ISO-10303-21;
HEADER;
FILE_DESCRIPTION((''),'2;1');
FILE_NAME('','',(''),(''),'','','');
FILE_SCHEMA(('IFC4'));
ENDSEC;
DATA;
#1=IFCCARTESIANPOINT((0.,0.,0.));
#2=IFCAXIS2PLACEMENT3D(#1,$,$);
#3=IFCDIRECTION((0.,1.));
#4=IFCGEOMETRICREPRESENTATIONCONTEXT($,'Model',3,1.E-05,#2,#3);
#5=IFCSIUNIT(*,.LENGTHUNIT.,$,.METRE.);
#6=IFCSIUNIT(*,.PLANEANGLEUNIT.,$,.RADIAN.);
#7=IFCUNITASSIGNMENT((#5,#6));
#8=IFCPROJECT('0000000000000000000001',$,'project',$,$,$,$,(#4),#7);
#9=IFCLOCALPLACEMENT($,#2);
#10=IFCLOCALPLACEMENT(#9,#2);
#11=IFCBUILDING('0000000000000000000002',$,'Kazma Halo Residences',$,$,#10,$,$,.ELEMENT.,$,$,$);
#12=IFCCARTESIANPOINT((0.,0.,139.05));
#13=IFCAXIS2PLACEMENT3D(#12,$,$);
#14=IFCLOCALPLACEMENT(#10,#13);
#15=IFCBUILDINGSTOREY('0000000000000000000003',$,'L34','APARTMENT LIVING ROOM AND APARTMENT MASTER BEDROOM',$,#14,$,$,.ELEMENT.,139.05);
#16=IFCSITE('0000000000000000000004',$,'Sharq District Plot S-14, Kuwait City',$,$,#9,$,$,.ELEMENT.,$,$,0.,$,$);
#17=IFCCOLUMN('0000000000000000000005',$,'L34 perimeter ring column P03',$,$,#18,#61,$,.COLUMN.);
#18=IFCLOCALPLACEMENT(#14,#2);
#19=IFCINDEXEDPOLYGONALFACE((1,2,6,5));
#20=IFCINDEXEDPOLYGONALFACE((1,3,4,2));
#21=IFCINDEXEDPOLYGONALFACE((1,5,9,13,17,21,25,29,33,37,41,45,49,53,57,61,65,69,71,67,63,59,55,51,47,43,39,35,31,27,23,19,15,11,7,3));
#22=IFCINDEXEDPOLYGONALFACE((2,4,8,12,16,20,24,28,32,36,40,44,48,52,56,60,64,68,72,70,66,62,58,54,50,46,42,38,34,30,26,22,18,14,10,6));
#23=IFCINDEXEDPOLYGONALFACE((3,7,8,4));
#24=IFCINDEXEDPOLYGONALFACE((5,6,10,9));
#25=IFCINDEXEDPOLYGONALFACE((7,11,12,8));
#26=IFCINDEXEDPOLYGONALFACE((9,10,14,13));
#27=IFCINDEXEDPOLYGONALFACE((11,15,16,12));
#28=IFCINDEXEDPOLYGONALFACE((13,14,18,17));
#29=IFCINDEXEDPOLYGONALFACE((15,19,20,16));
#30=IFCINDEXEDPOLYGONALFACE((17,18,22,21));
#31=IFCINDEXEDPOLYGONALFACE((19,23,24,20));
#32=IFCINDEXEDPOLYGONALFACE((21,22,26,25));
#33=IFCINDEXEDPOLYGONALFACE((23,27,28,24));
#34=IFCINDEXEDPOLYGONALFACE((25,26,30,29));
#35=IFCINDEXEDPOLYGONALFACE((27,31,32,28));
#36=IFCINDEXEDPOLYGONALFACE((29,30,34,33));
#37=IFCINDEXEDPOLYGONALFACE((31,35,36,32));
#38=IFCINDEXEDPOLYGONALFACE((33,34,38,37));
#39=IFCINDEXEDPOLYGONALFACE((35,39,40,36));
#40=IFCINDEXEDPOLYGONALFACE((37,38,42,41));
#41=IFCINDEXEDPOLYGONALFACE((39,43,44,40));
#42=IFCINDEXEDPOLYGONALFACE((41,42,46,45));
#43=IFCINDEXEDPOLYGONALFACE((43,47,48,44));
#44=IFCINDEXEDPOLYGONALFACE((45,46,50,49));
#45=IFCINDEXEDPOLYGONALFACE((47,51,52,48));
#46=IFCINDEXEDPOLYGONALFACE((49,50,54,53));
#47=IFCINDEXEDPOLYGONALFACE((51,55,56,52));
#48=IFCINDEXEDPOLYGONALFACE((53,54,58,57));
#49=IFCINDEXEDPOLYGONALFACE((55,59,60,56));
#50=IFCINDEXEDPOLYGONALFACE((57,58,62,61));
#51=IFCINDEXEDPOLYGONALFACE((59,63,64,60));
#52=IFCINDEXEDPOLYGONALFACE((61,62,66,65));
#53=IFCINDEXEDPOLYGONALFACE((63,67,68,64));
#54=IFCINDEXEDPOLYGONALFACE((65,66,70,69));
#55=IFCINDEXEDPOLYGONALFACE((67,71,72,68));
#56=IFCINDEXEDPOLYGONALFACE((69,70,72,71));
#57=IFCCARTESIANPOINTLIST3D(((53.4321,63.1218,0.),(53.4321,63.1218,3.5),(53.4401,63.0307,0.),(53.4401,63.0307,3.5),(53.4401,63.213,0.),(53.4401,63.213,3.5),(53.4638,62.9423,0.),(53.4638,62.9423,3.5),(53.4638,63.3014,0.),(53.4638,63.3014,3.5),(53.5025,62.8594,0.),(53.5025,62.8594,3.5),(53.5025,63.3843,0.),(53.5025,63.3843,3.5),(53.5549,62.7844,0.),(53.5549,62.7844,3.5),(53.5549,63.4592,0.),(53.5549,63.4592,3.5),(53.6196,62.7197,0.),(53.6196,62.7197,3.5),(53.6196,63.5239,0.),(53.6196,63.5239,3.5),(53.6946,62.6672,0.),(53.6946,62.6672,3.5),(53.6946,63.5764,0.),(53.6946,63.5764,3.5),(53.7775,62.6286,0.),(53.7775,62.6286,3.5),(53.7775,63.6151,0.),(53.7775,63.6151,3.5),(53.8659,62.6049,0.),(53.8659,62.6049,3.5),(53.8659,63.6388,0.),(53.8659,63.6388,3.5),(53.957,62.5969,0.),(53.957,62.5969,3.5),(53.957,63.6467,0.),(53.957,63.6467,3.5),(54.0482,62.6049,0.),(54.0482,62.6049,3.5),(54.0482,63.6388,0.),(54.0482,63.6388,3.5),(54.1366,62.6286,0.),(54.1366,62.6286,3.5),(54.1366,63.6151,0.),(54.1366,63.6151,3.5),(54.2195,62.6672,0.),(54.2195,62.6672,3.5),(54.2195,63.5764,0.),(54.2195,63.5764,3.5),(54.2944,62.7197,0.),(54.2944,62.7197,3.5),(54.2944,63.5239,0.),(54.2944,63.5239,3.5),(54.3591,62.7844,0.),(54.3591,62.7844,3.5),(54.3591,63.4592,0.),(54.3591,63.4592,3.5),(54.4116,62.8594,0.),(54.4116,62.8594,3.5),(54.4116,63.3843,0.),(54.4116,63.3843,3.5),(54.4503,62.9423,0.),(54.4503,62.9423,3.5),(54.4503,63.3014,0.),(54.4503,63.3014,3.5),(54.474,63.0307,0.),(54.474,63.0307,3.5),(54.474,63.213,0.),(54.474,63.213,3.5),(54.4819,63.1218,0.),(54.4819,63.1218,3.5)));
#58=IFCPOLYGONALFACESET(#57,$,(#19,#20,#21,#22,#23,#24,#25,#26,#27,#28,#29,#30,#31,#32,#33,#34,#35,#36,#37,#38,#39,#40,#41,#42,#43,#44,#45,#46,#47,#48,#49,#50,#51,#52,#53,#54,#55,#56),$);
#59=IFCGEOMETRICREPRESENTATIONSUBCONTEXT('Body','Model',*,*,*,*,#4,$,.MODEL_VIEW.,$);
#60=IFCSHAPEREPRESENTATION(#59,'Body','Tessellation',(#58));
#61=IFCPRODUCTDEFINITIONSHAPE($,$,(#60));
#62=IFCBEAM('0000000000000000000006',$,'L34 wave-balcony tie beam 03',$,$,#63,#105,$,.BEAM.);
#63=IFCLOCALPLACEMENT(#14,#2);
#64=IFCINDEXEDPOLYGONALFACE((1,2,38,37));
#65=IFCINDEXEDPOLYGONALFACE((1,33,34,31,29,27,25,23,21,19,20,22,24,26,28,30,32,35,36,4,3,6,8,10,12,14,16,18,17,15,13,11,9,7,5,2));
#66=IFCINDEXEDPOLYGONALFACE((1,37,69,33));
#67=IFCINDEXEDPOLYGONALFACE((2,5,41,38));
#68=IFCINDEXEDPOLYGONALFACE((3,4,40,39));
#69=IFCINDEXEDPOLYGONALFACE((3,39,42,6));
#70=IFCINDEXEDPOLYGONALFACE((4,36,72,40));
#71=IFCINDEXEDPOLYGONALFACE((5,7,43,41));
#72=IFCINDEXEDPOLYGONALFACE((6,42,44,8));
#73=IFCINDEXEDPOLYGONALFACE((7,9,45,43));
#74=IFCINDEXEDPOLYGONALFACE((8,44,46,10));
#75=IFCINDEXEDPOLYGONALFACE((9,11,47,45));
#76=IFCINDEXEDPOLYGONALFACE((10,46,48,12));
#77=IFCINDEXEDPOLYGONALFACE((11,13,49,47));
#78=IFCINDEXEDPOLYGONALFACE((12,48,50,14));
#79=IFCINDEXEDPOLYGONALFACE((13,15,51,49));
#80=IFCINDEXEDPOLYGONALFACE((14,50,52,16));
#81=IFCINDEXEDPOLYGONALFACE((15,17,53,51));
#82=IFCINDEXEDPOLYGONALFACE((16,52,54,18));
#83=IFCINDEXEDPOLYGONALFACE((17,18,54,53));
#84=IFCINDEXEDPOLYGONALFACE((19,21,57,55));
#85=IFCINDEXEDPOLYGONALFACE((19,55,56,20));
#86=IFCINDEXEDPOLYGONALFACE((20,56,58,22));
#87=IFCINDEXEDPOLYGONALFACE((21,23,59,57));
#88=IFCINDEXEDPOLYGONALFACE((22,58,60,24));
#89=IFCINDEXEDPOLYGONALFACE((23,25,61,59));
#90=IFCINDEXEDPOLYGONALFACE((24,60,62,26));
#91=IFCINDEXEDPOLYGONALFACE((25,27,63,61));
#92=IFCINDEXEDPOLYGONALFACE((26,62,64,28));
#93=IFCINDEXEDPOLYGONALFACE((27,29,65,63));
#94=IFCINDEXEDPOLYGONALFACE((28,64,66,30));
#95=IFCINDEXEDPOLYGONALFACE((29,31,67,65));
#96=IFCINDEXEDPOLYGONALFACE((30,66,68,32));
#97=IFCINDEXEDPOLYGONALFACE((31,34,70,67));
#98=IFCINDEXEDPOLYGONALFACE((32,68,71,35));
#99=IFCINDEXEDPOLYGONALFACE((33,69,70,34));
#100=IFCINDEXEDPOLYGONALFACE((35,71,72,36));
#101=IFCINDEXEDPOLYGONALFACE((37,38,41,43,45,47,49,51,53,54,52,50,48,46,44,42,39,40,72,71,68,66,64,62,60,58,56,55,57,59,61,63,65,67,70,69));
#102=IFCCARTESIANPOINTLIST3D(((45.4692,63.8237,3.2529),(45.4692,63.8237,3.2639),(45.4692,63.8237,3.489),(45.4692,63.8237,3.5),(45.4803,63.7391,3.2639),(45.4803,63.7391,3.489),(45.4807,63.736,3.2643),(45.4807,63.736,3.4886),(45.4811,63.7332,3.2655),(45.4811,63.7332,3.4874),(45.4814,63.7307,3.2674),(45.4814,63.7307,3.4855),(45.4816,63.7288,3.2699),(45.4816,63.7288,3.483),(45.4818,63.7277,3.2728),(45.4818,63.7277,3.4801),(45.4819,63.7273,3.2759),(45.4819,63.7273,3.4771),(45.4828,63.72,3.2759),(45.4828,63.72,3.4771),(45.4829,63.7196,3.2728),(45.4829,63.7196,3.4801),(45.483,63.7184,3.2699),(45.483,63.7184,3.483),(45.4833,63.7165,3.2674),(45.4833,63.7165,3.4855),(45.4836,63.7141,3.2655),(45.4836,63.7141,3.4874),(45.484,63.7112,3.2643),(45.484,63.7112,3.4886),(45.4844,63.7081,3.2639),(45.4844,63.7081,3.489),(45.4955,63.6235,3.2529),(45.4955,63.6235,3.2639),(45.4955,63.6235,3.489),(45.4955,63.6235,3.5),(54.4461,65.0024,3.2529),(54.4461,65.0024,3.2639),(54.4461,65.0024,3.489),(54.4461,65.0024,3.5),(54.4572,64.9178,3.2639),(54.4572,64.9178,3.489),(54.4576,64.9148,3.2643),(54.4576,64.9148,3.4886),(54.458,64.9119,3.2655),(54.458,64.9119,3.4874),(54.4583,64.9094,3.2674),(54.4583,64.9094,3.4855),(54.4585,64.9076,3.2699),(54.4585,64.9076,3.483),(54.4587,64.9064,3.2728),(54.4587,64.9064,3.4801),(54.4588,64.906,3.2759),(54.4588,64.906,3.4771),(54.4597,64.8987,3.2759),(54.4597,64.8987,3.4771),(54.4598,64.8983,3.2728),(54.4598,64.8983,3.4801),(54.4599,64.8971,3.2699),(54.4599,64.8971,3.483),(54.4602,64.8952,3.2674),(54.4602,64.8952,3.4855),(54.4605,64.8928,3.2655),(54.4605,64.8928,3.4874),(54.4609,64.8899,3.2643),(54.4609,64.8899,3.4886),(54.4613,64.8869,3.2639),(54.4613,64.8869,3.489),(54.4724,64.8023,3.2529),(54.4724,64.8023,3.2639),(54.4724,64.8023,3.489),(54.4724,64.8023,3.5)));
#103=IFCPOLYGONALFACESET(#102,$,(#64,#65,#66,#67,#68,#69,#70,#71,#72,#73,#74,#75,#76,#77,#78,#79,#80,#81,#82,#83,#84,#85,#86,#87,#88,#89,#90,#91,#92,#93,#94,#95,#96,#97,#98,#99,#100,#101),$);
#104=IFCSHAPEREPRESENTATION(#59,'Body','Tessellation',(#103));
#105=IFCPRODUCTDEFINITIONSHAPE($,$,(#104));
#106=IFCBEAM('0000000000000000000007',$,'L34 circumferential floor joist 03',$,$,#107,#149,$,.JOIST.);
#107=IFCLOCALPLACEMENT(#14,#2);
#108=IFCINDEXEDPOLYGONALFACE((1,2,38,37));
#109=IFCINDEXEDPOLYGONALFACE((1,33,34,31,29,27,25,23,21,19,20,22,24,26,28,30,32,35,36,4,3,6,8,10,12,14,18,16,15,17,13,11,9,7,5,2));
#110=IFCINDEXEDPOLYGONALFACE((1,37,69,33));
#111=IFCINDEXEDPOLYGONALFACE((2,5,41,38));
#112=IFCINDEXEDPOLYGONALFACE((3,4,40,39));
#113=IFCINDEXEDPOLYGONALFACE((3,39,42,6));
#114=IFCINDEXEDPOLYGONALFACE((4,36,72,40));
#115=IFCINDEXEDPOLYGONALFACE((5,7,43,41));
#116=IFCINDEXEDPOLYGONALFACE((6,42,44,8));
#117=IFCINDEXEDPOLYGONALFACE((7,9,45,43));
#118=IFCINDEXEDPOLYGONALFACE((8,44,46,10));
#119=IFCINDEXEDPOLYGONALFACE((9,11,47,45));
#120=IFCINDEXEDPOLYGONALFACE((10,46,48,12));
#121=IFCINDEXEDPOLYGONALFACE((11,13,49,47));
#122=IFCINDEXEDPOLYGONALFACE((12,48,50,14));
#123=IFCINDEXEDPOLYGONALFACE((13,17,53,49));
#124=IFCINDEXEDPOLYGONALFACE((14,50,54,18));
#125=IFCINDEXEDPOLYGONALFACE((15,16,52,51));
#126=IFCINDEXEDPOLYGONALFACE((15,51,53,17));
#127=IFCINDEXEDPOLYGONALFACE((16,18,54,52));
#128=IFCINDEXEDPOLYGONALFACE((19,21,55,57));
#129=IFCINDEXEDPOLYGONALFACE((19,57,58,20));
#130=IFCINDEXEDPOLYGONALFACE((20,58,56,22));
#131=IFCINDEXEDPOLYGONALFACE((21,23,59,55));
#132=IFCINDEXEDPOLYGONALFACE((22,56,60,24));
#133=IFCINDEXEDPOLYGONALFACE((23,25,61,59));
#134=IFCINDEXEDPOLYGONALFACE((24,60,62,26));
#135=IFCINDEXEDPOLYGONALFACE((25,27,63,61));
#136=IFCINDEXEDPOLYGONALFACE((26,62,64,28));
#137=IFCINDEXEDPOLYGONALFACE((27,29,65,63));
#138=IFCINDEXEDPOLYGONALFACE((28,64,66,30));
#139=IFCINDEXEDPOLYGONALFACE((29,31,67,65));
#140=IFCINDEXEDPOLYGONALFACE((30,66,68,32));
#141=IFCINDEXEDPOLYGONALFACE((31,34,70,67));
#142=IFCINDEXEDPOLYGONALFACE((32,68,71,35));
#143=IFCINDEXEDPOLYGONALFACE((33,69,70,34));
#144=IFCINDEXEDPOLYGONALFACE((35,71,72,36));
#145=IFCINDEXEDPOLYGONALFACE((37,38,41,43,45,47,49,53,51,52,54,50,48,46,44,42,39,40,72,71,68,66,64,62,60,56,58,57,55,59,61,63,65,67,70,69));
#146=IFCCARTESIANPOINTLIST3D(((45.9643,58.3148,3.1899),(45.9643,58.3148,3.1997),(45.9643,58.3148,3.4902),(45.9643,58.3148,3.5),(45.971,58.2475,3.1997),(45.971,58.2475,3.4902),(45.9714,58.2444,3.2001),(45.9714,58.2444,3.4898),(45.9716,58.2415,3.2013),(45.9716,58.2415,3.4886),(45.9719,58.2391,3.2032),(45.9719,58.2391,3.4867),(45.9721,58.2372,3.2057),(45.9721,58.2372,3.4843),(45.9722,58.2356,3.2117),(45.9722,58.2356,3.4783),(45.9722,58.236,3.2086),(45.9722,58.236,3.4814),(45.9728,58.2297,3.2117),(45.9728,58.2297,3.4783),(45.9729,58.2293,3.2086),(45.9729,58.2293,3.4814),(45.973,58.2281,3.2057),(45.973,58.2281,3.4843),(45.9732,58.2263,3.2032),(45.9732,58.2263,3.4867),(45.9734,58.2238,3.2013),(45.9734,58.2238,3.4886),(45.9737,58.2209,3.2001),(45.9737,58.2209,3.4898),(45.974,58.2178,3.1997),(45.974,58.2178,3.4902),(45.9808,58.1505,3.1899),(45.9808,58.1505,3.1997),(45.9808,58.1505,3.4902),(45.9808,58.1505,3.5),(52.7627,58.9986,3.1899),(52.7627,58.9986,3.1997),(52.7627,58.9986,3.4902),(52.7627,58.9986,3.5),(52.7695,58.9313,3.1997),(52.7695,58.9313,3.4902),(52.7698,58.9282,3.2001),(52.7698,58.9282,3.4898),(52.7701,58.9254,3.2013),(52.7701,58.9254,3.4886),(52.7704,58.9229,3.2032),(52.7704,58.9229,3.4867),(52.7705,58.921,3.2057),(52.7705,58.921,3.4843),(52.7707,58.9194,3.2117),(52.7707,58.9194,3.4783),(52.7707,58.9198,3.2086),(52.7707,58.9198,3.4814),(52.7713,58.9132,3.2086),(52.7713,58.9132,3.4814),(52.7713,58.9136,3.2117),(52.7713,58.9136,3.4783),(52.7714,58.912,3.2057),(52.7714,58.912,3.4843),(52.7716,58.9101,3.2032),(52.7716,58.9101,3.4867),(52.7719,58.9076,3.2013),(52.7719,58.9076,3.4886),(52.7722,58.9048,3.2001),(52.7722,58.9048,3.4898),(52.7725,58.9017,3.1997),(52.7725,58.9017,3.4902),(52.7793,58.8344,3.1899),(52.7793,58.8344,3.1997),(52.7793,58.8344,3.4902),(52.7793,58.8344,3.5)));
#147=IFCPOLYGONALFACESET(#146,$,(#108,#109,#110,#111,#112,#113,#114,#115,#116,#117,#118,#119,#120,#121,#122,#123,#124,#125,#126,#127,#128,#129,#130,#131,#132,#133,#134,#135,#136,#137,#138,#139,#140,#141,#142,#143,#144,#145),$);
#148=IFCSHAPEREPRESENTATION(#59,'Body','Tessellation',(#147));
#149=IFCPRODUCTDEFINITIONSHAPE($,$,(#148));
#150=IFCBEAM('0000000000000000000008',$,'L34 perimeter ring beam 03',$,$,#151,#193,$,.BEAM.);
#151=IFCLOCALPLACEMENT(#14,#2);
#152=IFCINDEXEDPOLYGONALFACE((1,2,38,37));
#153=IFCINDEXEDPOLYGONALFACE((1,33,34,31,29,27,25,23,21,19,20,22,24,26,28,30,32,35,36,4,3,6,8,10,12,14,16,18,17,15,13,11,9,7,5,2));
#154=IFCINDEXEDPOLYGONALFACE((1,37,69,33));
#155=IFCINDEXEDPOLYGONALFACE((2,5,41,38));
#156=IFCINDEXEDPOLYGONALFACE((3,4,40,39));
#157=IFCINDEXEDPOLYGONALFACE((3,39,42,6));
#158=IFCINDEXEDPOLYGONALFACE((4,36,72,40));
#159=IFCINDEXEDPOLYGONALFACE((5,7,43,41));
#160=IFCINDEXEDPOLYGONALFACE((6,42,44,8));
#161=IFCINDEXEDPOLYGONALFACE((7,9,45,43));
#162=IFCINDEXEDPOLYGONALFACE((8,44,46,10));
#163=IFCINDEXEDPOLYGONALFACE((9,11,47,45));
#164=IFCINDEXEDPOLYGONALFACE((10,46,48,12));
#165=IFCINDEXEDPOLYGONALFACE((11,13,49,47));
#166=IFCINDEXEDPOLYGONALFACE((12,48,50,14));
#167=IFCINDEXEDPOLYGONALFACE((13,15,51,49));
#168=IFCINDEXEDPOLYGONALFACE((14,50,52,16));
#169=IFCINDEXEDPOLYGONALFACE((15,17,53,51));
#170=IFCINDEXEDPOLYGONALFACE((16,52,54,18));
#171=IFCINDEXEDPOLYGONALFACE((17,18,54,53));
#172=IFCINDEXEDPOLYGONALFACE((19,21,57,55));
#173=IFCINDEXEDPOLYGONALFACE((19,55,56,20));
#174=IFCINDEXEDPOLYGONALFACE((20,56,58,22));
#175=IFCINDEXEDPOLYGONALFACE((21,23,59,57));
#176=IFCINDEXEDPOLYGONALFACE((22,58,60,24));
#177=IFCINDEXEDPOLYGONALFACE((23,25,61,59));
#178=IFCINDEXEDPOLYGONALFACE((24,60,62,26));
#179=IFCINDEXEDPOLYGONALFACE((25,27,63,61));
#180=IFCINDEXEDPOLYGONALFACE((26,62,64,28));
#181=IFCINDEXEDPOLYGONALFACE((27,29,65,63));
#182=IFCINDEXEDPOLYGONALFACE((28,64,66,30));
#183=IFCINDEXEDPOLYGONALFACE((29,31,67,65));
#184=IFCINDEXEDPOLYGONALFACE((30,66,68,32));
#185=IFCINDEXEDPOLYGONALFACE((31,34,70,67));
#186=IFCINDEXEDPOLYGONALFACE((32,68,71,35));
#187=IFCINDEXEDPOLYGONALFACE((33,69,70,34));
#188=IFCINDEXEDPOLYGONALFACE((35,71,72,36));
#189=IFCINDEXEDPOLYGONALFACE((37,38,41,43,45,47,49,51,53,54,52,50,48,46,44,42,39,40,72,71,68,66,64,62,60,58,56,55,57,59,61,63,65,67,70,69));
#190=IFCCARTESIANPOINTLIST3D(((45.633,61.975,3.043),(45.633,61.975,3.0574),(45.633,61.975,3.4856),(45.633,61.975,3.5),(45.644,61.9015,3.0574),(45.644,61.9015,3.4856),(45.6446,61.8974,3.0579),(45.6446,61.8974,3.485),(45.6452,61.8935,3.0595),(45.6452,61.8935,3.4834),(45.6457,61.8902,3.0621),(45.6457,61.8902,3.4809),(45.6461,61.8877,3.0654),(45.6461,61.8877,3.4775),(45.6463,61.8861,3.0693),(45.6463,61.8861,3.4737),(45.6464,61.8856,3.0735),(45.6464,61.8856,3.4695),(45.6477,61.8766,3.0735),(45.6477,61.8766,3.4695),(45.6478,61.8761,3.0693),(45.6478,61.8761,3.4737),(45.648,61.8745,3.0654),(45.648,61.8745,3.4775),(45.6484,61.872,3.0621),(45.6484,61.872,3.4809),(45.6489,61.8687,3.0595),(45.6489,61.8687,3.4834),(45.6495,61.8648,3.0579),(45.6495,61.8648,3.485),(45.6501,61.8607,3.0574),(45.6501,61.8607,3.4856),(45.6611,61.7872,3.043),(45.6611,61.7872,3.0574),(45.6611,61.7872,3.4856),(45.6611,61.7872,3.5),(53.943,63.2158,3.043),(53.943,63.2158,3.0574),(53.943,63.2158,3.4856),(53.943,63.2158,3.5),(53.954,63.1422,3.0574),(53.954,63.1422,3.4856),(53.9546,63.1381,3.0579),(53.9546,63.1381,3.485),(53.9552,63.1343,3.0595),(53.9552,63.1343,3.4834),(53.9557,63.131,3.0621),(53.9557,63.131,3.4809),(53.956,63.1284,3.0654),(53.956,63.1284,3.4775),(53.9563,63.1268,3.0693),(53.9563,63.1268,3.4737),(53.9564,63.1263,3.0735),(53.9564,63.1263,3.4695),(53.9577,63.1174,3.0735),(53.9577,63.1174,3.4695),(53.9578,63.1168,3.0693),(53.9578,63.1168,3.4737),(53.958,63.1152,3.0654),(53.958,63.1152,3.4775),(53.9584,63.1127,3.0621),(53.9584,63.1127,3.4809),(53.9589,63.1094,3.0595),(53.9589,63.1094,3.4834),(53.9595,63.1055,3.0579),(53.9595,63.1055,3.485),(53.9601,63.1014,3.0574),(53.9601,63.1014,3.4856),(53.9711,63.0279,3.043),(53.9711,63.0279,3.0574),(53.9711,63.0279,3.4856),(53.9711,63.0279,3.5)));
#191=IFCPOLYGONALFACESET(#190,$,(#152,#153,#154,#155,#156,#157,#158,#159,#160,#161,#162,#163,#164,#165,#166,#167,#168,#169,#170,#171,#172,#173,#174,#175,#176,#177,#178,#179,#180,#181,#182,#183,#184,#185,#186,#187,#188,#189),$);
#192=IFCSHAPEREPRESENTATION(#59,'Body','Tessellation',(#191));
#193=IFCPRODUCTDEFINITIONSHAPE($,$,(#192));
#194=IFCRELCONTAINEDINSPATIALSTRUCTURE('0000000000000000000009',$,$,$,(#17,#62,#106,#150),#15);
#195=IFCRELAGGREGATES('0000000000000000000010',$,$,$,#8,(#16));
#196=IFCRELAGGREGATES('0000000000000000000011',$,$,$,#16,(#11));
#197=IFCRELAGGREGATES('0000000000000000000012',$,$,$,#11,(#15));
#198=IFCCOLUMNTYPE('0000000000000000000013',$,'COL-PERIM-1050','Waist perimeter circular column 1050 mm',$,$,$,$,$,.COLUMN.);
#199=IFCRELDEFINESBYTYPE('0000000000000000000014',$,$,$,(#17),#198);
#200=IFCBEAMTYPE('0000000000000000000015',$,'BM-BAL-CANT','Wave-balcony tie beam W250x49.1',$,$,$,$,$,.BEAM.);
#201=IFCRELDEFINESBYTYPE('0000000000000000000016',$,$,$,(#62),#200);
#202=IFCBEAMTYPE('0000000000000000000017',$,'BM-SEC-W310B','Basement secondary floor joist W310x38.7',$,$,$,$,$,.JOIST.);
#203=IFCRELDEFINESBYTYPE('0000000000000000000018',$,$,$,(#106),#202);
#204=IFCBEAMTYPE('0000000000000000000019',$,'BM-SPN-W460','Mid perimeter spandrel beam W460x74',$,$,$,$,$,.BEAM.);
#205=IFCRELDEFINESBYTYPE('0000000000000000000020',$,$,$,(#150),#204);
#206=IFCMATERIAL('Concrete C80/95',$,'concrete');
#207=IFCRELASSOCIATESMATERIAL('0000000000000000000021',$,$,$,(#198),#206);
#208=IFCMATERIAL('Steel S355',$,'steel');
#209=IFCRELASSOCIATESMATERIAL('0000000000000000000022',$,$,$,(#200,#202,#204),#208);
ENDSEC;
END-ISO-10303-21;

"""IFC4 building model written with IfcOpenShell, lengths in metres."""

from ifc_helpers import new_model, si_unit, direction, frame, origin, origin_2d, place, context, subcontext, project, spatial, circle, i_section, extrude, material, material_profile, profile_set, type_object, element, save


model = new_model("IFC4")

# Units and contexts
model_context = context("Model", 3, precision=1e-05, world=origin(), true_north=direction((0.0, 1.0)))
body_context = subcontext(model_context, "Body", "Model", "MODEL_VIEW")
ifc_project = project(units=[si_unit("LENGTHUNIT", "METRE"), si_unit("PLANEANGLEUNIT", "RADIAN")], contexts=[model_context])

# Site, building, storey
site_placement = place(None, origin())
site = spatial("IfcSite", under=ifc_project, at=site_placement, Name="Sharq District Plot S-14, Kuwait City", CompositionType="ELEMENT", RefElevation=0.0)
building_placement = place(site_placement, origin())
building = spatial("IfcBuilding", under=site, at=building_placement, Name="Kazma Halo Residences", CompositionType="ELEMENT")
storey_placement = place(building_placement, frame((0.0, 0.0, 139.05)))
storey = spatial("IfcBuildingStorey", under=building, at=storey_placement, Name="L34", Description="APARTMENT LIVING ROOM AND APARTMENT MASTER BEDROOM", CompositionType="ELEMENT", Elevation=139.05)

# Column
ifc_material_1 = material(Name="Concrete C80/95", Category="concrete")
ifc_material_profile_1 = material_profile(ifc_material_1, circle(Radius=0.5249, at=origin_2d()), Name="CIRC1050")
ifc_profile_set_1 = profile_set([ifc_material_profile_1], Name="Concrete C80/95")
column_type = type_object("IfcColumnType", Name="COL-PERIM-1050", Description="Waist perimeter circular column 1050 mm", PredefinedType="COLUMN", material=ifc_profile_set_1)
column_placement = place(storey_placement, frame((53.957, 63.1218, 0.0), z_axis=(0.0, 0.0, 1.0), x_axis=(1.0, 0.0, 0.0)))
element("IfcColumn", 1, at=column_placement, inside=storey, type_object=column_type, Name="L34 perimeter ring column P03", PredefinedType="COLUMN", context=body_context, shape_type="SweptSolid", body=[
    extrude(circle(Radius=0.5249, at=origin_2d()), origin(), (0.0, 0.0, 1.0), 3.5),
])

# Beams
ifc_material_2 = material(Name="Steel S355", Category="steel")
ifc_material_profile_2 = material_profile(ifc_material_2, i_section(OverallWidth=0.2019, OverallDepth=0.2471, WebThickness=0.0073, FlangeThickness=0.011, FilletRadius=0.012, at=origin_2d()), Name="W250x49.1")
ifc_profile_set_2 = profile_set([ifc_material_profile_2], Name="Steel S355")
beam_type_1 = type_object("IfcBeamType", Name="BM-BAL-CANT", Description="Wave-balcony tie beam W250x49.1", PredefinedType="BEAM", material=ifc_profile_set_2)
beam_1_placement = place(storey_placement, frame((54.4592, 64.9023, 3.3765), z_axis=(-0.991489, -0.130189, 0.0), x_axis=(0.130189, -0.991489, 0.0)))
element("IfcBeam", 2, at=beam_1_placement, inside=storey, type_object=beam_type_1, Name="L34 wave-balcony tie beam 03", PredefinedType="BEAM", context=body_context, shape_type="SweptSolid", body=[
    extrude(i_section(OverallWidth=0.2019, OverallDepth=0.2471, WebThickness=0.0073, FlangeThickness=0.011, FilletRadius=0.012, at=origin_2d()), origin(), (0.0, 0.0, 1.0), 9.054),
])
ifc_material_profile_3 = material_profile(ifc_material_2, i_section(OverallWidth=0.165, OverallDepth=0.3101, WebThickness=0.0059, FlangeThickness=0.0098, FilletRadius=0.012, at=origin_2d()), Name="W310x38.7")
ifc_profile_set_3 = profile_set([ifc_material_profile_3], Name="Steel S355")
beam_type_2 = type_object("IfcBeamType", Name="BM-SEC-W310B", Description="Basement secondary floor joist W310x38.7", PredefinedType="JOIST", material=ifc_profile_set_3)
beam_2_placement = place(storey_placement, frame((52.771, 58.9165, 3.345), z_axis=(-0.994979, -0.100084, 0.0), x_axis=(0.100084, -0.994979, 0.0)))
element("IfcBeam", 3, at=beam_2_placement, inside=storey, type_object=beam_type_2, Name="L34 circumferential floor joist 03", PredefinedType="JOIST", context=body_context, shape_type="SweptSolid", body=[
    extrude(i_section(OverallWidth=0.165, OverallDepth=0.3101, WebThickness=0.0059, FlangeThickness=0.0098, FilletRadius=0.012, at=origin_2d()), origin(), (0.0, 0.0, 1.0), 6.8328),
])
ifc_material_profile_4 = material_profile(ifc_material_2, i_section(OverallWidth=0.1899, OverallDepth=0.457, WebThickness=0.009, FlangeThickness=0.0144, FilletRadius=0.0161, at=origin_2d()), Name="W460x74")
ifc_profile_set_4 = profile_set([ifc_material_profile_4], Name="Steel S355")
beam_type_3 = type_object("IfcBeamType", Name="BM-SPN-W460", Description="Mid perimeter spandrel beam W460x74", PredefinedType="BEAM", material=ifc_profile_set_4)
beam_3_placement = place(storey_placement, frame((53.957, 63.1218, 3.2715), z_axis=(-0.989037, -0.147667, 0.0), x_axis=(0.147667, -0.989037, 0.0)))
element("IfcBeam", 4, at=beam_3_placement, inside=storey, type_object=beam_type_3, Name="L34 perimeter ring beam 03", PredefinedType="BEAM", context=body_context, shape_type="SweptSolid", body=[
    extrude(i_section(OverallWidth=0.1899, OverallDepth=0.457, WebThickness=0.009, FlangeThickness=0.0144, FilletRadius=0.0161, at=origin_2d()), origin(), (0.0, 0.0, 1.0), 8.4021),
])

save(model, "model.ifc")
